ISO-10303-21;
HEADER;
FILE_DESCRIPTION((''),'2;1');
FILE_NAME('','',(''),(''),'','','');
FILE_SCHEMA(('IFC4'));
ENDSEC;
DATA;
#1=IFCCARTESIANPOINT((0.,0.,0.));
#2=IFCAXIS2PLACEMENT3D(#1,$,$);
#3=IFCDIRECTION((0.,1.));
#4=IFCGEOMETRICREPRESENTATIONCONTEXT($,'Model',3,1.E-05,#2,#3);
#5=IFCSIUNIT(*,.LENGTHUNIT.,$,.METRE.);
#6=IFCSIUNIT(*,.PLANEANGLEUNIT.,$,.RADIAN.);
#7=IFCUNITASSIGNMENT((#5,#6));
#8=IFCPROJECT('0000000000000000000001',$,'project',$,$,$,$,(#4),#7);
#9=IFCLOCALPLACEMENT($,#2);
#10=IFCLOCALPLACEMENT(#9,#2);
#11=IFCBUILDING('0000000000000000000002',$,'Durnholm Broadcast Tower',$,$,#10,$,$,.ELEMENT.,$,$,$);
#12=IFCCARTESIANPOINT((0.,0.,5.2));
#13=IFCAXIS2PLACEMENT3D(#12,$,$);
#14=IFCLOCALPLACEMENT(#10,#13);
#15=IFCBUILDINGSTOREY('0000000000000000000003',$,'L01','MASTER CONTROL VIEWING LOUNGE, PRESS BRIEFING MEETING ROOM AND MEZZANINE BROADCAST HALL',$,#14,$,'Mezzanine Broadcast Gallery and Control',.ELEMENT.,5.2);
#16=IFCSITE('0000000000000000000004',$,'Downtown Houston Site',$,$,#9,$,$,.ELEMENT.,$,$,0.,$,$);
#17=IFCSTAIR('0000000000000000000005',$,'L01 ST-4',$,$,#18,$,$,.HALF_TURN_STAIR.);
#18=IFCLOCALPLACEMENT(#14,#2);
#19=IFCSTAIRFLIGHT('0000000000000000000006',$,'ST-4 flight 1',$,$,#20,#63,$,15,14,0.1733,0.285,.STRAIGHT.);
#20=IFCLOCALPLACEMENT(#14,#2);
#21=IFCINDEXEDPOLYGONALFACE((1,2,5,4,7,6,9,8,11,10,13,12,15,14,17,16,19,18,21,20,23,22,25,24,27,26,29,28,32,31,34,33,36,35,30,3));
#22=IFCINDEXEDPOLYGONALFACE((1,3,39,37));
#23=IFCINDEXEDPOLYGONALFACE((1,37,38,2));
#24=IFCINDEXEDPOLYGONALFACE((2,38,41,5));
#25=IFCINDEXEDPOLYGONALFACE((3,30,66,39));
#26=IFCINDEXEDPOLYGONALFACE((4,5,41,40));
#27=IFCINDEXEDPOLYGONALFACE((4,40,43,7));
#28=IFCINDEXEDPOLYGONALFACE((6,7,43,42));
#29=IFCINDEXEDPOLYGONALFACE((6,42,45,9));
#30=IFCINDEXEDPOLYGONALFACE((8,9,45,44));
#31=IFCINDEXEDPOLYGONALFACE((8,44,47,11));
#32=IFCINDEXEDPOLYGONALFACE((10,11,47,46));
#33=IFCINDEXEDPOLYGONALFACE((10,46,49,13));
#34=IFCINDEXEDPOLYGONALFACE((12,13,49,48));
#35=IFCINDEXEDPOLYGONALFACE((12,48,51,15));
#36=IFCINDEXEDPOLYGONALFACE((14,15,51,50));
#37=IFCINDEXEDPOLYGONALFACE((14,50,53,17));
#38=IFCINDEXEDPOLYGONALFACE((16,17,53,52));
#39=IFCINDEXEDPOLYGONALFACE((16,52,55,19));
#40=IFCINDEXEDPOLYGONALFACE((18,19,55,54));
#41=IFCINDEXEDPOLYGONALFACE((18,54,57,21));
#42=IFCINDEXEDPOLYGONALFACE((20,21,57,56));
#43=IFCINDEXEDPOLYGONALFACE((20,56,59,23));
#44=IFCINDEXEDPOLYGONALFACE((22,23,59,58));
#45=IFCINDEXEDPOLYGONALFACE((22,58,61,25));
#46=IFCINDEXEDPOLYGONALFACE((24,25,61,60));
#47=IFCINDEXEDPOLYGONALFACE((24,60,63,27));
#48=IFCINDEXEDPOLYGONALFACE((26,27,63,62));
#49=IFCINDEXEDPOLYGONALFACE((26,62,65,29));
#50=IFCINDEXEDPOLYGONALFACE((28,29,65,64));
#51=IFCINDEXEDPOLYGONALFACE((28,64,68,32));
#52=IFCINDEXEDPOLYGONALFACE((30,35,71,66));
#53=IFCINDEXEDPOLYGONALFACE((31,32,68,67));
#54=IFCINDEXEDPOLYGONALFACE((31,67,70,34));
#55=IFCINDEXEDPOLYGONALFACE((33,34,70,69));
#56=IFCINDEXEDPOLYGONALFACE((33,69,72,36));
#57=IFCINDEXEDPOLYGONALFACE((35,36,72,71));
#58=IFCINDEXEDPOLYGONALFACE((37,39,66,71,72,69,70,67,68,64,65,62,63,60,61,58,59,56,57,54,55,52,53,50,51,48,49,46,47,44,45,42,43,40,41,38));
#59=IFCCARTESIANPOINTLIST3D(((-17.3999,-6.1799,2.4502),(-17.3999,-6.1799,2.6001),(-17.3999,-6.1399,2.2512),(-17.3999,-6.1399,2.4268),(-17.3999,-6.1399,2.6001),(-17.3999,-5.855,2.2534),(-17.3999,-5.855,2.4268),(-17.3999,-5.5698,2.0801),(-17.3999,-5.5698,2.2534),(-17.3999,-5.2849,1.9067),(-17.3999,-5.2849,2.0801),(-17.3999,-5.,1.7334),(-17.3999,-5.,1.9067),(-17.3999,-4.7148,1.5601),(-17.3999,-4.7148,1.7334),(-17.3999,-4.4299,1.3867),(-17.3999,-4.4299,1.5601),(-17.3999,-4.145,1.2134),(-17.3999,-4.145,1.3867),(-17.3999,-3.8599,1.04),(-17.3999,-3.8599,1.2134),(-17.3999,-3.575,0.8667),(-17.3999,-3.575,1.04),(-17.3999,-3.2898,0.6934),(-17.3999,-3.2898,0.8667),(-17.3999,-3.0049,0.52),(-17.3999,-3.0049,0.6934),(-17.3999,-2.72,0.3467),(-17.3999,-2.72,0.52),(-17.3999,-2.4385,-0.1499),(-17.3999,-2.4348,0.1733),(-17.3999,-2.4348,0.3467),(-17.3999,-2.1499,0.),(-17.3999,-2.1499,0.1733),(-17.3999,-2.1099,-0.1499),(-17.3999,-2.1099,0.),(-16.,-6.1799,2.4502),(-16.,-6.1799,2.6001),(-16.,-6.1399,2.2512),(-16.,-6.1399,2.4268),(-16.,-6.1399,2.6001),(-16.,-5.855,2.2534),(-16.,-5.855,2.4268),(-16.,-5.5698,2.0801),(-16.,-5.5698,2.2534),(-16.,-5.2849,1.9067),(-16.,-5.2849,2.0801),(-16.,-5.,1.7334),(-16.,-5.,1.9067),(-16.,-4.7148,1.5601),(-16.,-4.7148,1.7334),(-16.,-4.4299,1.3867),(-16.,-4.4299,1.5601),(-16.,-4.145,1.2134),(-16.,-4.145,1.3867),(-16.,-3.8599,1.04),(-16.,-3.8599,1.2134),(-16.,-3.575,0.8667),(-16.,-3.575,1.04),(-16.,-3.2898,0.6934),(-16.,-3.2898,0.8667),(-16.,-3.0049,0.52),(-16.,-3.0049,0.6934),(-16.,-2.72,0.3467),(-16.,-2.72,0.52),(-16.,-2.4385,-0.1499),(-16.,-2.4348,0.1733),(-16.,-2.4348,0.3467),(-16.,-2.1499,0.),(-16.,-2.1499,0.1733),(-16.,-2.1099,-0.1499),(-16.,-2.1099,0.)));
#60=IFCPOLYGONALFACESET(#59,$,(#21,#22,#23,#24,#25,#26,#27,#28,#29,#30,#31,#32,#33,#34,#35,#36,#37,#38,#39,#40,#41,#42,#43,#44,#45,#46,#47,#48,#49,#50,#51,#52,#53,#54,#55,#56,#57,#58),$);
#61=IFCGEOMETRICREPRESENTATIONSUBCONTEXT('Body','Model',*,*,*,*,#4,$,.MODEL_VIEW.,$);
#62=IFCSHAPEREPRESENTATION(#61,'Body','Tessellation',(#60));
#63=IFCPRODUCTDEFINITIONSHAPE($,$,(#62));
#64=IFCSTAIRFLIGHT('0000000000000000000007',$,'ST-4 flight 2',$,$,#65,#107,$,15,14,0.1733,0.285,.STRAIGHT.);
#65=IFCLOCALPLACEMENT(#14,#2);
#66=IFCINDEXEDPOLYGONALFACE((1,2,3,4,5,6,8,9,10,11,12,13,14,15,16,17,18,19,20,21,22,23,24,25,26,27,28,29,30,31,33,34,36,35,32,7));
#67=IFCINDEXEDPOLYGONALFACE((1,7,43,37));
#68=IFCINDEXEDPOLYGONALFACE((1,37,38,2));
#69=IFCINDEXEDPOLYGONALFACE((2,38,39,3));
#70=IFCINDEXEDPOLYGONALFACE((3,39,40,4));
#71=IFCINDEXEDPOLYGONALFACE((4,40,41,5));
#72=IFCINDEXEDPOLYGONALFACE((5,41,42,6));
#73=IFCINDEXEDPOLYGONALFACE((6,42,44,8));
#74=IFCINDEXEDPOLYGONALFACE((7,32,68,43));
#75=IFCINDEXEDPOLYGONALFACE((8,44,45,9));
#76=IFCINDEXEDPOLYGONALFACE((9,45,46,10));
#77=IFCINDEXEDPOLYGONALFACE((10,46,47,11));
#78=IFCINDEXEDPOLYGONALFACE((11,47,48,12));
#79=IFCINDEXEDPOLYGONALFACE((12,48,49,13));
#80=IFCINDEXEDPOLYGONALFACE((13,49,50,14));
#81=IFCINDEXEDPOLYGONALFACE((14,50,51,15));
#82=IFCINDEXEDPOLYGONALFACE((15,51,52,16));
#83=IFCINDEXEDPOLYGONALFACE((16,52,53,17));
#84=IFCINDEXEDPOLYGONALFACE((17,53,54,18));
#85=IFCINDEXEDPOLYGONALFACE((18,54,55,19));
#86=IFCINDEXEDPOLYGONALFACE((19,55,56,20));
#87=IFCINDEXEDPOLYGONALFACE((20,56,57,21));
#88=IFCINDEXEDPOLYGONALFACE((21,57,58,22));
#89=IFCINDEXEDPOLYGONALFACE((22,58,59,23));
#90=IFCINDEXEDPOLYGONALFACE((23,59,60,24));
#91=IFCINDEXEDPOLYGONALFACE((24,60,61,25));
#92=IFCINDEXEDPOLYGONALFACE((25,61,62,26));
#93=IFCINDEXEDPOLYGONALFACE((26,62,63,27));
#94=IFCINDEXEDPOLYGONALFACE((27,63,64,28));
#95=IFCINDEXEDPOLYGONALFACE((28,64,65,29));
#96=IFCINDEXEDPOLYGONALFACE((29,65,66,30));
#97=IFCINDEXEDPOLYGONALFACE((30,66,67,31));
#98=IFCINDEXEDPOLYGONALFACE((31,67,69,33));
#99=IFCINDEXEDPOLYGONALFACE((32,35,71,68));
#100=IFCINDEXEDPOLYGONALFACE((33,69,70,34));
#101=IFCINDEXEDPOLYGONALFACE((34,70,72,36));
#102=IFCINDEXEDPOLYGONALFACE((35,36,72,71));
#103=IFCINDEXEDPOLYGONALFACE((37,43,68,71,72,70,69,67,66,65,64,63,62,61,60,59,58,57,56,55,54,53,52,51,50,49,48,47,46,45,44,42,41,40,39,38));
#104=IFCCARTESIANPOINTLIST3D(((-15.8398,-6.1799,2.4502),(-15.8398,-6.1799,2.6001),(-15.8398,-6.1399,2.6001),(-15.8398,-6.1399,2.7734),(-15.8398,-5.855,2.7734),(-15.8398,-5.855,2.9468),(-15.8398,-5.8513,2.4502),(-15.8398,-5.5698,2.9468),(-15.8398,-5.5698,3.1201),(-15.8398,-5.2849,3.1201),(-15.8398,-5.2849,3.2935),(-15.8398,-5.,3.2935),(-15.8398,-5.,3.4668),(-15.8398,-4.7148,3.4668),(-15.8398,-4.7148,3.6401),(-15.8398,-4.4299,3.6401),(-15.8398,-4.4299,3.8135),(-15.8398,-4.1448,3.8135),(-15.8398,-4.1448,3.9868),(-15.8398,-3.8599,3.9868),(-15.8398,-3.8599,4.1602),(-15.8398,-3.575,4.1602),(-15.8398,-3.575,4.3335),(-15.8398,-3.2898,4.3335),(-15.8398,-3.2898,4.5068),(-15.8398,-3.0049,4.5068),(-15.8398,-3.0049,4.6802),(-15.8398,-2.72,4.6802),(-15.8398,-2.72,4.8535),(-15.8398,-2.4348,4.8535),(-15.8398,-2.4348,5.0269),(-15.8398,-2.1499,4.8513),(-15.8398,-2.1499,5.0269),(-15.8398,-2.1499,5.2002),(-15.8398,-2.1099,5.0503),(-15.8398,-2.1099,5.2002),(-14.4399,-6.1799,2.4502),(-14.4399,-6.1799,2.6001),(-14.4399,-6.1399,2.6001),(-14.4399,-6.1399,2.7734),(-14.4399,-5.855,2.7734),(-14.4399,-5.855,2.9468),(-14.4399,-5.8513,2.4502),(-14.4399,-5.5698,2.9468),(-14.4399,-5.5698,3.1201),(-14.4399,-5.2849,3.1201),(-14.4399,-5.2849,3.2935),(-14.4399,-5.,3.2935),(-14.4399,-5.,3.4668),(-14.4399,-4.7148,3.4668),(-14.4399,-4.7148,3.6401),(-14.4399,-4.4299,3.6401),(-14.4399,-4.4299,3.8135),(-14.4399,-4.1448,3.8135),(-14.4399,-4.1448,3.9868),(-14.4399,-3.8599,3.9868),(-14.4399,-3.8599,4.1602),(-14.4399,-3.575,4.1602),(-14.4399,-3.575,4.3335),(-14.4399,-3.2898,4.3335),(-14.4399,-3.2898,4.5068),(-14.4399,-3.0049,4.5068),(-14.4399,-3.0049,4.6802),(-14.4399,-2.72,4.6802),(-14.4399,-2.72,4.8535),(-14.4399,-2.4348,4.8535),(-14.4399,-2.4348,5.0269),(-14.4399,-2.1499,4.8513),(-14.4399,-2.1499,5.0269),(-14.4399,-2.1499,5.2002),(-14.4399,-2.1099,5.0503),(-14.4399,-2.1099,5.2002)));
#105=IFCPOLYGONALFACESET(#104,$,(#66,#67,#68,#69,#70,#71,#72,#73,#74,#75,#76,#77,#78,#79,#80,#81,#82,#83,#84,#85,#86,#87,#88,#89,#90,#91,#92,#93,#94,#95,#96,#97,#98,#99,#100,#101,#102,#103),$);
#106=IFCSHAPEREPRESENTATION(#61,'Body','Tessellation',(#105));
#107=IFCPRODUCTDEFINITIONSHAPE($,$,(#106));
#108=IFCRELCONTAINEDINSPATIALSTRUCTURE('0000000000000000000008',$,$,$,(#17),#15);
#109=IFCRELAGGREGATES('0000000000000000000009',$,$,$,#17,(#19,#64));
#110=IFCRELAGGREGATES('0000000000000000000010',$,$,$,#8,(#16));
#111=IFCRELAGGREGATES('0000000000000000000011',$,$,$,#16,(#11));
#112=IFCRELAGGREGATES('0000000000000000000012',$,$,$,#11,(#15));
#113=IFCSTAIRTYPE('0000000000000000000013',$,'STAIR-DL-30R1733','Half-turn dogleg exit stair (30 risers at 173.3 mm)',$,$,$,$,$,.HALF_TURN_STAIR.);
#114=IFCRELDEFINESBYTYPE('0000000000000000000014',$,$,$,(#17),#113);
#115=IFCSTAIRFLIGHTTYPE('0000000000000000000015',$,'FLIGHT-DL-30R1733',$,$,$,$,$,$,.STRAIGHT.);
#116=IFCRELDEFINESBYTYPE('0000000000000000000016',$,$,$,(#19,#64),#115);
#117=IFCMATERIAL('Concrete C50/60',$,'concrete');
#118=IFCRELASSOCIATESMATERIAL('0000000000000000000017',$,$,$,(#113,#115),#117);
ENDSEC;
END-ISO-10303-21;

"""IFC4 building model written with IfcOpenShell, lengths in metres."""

from ifc_helpers import new_model, si_unit, direction, frame, origin, place, context, subcontext, project, spatial, polyline, outline, extrude, material, type_object, element, aggregate, save


model = new_model("IFC4")

# Units and contexts
model_context = context("Model", 3, precision=1e-05, world=origin(), true_north=direction((0.0, 1.0)))
body_context = subcontext(model_context, "Body", "Model", "MODEL_VIEW")
ifc_project = project(units=[si_unit("LENGTHUNIT", "METRE"), si_unit("PLANEANGLEUNIT", "RADIAN")], contexts=[model_context])

# Site, building, storey
site_placement = place(None, origin())
site = spatial("IfcSite", under=ifc_project, at=site_placement, Name="Downtown Houston Site", CompositionType="ELEMENT", RefElevation=0.0)
building_placement = place(site_placement, origin())
building = spatial("IfcBuilding", under=site, at=building_placement, Name="Durnholm Broadcast Tower", CompositionType="ELEMENT")
storey_placement = place(building_placement, frame((0.0, 0.0, 5.2)))
storey = spatial("IfcBuildingStorey", under=building, at=storey_placement, Name="L01", Description="MASTER CONTROL VIEWING LOUNGE, PRESS BRIEFING MEETING ROOM AND MEZZANINE BROADCAST HALL", LongName="Mezzanine Broadcast Gallery and Control", CompositionType="ELEMENT", Elevation=5.2)

# Shared definitions
ifc_material_1 = material(Name="Concrete C50/60", Category="concrete")

# Stair, stair flights
stair_type = type_object("IfcStairType", Name="STAIR-DL-30R1733", Description="Half-turn dogleg exit stair (30 risers at 173.3 mm)", PredefinedType="HALF_TURN_STAIR", material=ifc_material_1)
stair_placement = place(storey_placement, origin())
stair = element("IfcStair", 1, at=stair_placement, inside=storey, type_object=stair_type, Name="L01 ST-4", PredefinedType="HALF_TURN_STAIR")
stair_flight_type = type_object("IfcStairFlightType", Name="FLIGHT-DL-30R1733", PredefinedType="STRAIGHT", material=ifc_material_1)
stair_flight_1_placement = place(storey_placement, frame((-16.7, -2.1499, 0.0), z_axis=(0.0, 0.0, 1.0), x_axis=(0.0, -1.0, 0.0)))
stair_flight_1 = element("IfcStairFlight", 2, at=stair_flight_1_placement, type_object=stair_flight_type, Name="ST-4 flight 1", NumberOfRisers=15, NumberOfTreads=14, PredefinedType="STRAIGHT", RiserHeight=0.1733, TreadLength=0.285, context=body_context, shape_type="SweptSolid", body=[
    extrude(outline(polyline([(-0.04, -0.1499), (-0.04, 0.0), (0.0, 0.0), (0.0, 0.1733), (0.2849, 0.1733), (0.2849, 0.3467), (0.5701, 0.3467), (0.5701, 0.52), (0.855, 0.52), (0.855, 0.6934), (1.1399, 0.6934), (1.1399, 0.8667), (1.425, 0.8667), (1.425, 1.04), (1.71, 1.04), (1.71, 1.2134), (1.9951, 1.2134), (1.9951, 1.3867), (2.28, 1.3867), (2.28, 1.5601), (2.5649, 1.5601), (2.5649, 1.7334), (2.8501, 1.7334), (2.8501, 1.9067), (3.135, 1.9067), (3.135, 2.0801), (3.4199, 2.0801), (3.4199, 2.2534), (3.7051, 2.2534), (3.7051, 2.4268), (3.99, 2.4268), (3.99, 2.6001), (4.03, 2.6001), (4.03, 2.4502), (3.99, 2.2512), (0.2886, -0.1499), (-0.04, -0.1499)])), frame((0.0, 0.7, 0.0), z_axis=(0.0, -1.0, 0.0), x_axis=(1.0, 0.0, 0.0)), (0.0, 0.0, 1.0), 1.3999),
])
stair_flight_2_placement = place(storey_placement, frame((-15.1399, -6.1399, 2.6001), z_axis=(0.0, 0.0, 1.0), x_axis=(0.0, 1.0, 0.0)))
stair_flight_2 = element("IfcStairFlight", 3, at=stair_flight_2_placement, type_object=stair_flight_type, Name="ST-4 flight 2", NumberOfRisers=15, NumberOfTreads=14, PredefinedType="STRAIGHT", RiserHeight=0.1733, TreadLength=0.285, context=body_context, shape_type="SweptSolid", body=[
    extrude(outline(polyline([(-0.04, -0.1499), (-0.04, 0.0), (0.0, 0.0), (0.0, 0.1733), (0.2849, 0.1733), (0.2849, 0.3467), (0.5701, 0.3467), (0.5701, 0.52), (0.855, 0.52), (0.855, 0.6934), (1.1399, 0.6934), (1.1399, 0.8667), (1.425, 0.8667), (1.425, 1.04), (1.71, 1.04), (1.71, 1.2134), (1.9951, 1.2134), (1.9951, 1.3867), (2.28, 1.3867), (2.28, 1.5601), (2.5649, 1.5601), (2.5649, 1.7334), (2.8501, 1.7334), (2.8501, 1.9067), (3.135, 1.9067), (3.135, 2.0801), (3.4199, 2.0801), (3.4199, 2.2534), (3.7051, 2.2534), (3.7051, 2.4268), (3.99, 2.4268), (3.99, 2.6001), (4.03, 2.6001), (4.03, 2.4502), (3.99, 2.2512), (0.2886, -0.1499), (-0.04, -0.1499)])), frame((0.0, 0.7, 0.0), z_axis=(0.0, -1.0, 0.0), x_axis=(1.0, 0.0, 0.0)), (0.0, 0.0, 1.0), 1.3999),
])
aggregate(stair, [stair_flight_1, stair_flight_2])

save(model, "model.ifc")
